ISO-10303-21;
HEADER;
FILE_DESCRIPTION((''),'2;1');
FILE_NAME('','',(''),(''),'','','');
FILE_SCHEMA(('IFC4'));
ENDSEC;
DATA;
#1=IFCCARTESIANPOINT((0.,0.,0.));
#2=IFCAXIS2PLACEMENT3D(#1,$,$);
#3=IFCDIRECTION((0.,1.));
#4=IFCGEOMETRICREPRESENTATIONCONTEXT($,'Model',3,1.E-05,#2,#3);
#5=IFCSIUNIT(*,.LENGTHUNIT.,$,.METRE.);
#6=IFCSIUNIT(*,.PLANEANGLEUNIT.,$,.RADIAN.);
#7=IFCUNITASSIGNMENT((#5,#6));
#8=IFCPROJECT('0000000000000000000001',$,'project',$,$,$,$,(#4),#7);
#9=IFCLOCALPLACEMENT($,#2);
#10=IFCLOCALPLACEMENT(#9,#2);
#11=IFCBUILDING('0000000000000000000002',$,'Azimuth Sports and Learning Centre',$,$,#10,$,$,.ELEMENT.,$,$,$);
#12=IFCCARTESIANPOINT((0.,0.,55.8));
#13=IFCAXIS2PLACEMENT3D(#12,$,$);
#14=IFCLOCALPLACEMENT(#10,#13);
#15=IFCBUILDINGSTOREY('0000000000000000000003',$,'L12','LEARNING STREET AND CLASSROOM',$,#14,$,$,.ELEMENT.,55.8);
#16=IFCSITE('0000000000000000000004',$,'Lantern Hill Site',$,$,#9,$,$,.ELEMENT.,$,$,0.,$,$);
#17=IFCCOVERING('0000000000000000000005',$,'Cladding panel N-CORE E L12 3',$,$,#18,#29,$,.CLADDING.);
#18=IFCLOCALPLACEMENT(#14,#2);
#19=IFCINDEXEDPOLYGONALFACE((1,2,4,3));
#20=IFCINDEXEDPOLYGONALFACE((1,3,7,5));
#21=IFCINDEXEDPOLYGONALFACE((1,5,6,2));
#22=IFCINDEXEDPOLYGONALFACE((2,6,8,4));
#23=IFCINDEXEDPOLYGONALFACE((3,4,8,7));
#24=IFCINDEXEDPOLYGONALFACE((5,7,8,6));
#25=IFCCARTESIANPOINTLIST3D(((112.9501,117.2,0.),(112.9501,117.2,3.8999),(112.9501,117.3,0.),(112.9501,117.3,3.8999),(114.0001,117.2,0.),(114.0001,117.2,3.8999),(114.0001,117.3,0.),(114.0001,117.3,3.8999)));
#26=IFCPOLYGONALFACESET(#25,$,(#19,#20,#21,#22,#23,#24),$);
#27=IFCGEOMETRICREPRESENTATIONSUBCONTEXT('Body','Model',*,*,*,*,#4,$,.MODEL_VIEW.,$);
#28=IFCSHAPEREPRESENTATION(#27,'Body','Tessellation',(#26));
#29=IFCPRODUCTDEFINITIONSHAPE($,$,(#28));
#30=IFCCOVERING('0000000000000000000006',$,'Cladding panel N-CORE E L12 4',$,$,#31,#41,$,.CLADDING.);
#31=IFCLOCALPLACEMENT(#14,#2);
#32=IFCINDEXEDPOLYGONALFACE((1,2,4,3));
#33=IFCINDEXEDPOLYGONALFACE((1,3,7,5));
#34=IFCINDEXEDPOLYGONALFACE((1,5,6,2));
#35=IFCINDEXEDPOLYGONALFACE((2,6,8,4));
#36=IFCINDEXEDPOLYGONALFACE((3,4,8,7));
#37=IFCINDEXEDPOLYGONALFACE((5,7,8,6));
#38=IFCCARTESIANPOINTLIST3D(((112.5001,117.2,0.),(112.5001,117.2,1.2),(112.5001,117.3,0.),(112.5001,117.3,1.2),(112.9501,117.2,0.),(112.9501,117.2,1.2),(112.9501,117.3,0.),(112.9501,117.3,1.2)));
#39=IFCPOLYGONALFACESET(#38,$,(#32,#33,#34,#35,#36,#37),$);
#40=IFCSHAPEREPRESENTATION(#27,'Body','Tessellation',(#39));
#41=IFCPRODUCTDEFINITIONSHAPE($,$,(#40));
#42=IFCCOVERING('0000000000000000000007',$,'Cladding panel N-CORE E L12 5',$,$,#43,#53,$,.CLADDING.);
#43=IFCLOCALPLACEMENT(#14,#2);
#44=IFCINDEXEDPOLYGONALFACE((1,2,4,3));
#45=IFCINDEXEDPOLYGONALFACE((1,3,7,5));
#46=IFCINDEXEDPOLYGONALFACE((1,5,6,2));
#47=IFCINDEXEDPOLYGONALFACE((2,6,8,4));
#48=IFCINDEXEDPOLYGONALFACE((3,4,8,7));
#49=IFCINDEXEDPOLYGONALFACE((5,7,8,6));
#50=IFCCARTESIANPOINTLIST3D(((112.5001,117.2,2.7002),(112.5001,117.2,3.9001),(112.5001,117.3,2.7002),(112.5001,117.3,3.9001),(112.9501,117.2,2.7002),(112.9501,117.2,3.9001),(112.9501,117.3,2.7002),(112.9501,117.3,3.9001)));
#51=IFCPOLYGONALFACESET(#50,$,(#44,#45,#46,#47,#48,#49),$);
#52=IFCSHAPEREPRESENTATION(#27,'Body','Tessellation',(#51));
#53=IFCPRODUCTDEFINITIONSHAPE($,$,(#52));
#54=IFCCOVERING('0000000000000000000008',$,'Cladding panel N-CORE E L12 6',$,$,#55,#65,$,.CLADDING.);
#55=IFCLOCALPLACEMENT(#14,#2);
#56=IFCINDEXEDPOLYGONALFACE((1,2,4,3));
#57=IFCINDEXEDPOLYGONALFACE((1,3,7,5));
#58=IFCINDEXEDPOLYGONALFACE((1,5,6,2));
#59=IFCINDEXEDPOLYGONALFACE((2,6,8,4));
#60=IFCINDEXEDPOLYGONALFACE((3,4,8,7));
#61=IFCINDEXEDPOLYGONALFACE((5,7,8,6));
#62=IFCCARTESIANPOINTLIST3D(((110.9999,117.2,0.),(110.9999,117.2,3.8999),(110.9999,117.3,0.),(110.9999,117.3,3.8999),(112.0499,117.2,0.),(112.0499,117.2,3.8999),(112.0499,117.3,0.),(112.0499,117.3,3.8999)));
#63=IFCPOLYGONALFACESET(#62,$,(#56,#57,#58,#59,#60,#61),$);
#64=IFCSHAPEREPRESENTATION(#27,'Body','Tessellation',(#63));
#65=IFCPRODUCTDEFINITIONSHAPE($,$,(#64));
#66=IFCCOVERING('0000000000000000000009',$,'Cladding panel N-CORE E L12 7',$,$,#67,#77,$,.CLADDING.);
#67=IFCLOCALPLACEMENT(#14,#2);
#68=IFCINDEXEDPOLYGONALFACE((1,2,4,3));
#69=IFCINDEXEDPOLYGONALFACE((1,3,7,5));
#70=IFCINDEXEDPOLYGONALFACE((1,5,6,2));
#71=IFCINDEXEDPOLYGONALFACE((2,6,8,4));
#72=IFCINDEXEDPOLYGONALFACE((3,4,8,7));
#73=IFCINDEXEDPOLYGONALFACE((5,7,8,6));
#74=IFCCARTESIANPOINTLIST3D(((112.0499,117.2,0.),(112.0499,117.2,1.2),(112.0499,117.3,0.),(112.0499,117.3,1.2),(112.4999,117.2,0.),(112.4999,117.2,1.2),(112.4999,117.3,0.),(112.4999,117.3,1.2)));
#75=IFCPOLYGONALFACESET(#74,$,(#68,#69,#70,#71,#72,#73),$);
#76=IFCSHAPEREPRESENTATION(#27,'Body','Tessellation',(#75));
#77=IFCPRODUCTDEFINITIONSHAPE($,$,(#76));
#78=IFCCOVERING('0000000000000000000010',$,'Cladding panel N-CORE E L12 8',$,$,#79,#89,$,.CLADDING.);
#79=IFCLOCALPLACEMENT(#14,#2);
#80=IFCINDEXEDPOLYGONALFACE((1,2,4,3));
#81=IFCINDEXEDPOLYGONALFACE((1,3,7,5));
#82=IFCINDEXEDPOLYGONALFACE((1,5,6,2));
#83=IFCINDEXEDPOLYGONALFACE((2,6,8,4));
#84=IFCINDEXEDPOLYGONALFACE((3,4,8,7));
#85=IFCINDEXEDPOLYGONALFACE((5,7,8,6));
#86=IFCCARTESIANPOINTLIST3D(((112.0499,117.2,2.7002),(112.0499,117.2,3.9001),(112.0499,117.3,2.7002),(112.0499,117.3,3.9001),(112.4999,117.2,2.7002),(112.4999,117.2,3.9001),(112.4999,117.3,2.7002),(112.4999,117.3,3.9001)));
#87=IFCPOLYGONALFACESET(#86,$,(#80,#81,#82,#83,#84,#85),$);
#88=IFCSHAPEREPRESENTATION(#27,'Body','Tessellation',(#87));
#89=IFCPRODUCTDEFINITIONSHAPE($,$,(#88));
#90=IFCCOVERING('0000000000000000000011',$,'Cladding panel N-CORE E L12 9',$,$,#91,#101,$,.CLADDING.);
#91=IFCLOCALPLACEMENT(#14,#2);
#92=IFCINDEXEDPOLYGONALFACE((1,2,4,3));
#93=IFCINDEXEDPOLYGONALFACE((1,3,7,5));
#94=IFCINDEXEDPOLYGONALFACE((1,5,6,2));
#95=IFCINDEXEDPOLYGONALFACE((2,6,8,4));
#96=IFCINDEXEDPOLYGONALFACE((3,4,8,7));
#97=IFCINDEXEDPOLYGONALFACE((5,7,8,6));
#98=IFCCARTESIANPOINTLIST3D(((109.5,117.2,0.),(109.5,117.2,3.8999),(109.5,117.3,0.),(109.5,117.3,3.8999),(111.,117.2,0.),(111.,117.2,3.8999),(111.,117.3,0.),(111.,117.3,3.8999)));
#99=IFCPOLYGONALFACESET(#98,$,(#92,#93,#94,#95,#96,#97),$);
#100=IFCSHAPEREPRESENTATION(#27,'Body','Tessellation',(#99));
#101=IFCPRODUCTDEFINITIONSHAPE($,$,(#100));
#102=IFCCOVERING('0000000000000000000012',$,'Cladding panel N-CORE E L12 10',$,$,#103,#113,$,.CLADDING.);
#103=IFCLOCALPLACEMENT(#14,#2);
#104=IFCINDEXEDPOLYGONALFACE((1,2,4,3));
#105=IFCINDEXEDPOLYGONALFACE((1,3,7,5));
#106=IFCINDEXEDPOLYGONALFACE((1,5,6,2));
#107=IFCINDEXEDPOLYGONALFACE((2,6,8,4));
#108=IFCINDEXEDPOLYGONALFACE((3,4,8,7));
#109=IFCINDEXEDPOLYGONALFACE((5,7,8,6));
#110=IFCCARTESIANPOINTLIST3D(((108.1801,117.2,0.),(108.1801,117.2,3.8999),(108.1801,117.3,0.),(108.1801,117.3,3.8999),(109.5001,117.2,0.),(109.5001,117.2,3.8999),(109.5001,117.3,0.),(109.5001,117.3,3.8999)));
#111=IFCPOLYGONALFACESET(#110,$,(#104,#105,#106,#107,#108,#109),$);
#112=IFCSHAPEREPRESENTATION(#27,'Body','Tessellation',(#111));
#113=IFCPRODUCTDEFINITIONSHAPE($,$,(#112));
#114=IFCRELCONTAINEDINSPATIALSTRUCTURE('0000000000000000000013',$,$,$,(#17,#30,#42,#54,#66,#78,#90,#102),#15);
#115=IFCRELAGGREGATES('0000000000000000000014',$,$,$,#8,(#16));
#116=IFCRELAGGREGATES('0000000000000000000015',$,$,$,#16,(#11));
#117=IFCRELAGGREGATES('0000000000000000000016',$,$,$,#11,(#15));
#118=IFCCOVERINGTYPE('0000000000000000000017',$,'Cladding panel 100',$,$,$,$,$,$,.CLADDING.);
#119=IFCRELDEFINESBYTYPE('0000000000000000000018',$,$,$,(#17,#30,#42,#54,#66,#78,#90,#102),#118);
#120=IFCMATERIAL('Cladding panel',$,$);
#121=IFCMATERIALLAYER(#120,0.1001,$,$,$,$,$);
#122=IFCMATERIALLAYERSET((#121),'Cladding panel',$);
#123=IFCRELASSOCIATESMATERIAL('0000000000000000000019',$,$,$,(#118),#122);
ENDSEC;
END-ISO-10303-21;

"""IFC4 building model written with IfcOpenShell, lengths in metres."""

from ifc_helpers import new_model, si_unit, direction, frame, origin, origin_2d, place, context, subcontext, project, spatial, rectangle, extrude, material, layer, layer_set, type_object, element, save


model = new_model("IFC4")

# Units and contexts
model_context = context("Model", 3, precision=1e-05, world=origin(), true_north=direction((0.0, 1.0)))
body_context = subcontext(model_context, "Body", "Model", "MODEL_VIEW")
ifc_project = project(units=[si_unit("LENGTHUNIT", "METRE"), si_unit("PLANEANGLEUNIT", "RADIAN")], contexts=[model_context])

# Site, building, storey
site_placement = place(None, origin())
site = spatial("IfcSite", under=ifc_project, at=site_placement, Name="Lantern Hill Site", CompositionType="ELEMENT", RefElevation=0.0)
building_placement = place(site_placement, origin())
building = spatial("IfcBuilding", under=site, at=building_placement, Name="Azimuth Sports and Learning Centre", CompositionType="ELEMENT")
storey_placement = place(building_placement, frame((0.0, 0.0, 55.8)))
storey = spatial("IfcBuildingStorey", under=building, at=storey_placement, Name="L12", Description="LEARNING STREET AND CLASSROOM", CompositionType="ELEMENT", Elevation=55.8)

# Coverings
ifc_material_1 = material(Name="Cladding panel")
ifc_layer_1 = layer(ifc_material_1, 0.1001)
ifc_layer_set_1 = layer_set([ifc_layer_1], Name="Cladding panel")
covering_type = type_object("IfcCoveringType", Name="Cladding panel 100", PredefinedType="CLADDING", material=ifc_layer_set_1)
covering_1_placement = place(storey_placement, frame((113.4751, 117.25, 0.0), z_axis=(0.0, 0.0, 1.0), x_axis=(-1.0, 0.0, 0.0)))
element("IfcCovering", 1, at=covering_1_placement, inside=storey, type_object=covering_type, Name="Cladding panel N-CORE E L12 3", PredefinedType="CLADDING", context=body_context, shape_type="SweptSolid", body=[
    extrude(rectangle(XDim=1.05, YDim=0.1001, at=origin_2d()), origin(), (0.0, 0.0, 1.0), 3.8999),
])
for number, where, z_axis, x_axis, name in (
    (2, (112.7251, 117.25, 0.0), (0.0, 0.0, 1.0), (-1.0, 0.0, 0.0), "Cladding panel N-CORE E L12 4"),
    (3, (112.7251, 117.25, 2.7002), (0.0, 0.0, 1.0), (-1.0, 0.0, 0.0), "Cladding panel N-CORE E L12 5"),
):
    element("IfcCovering", number, at=place(storey_placement, frame(where, z_axis=z_axis, x_axis=x_axis)), inside=storey, type_object=covering_type, Name=name, PredefinedType="CLADDING", context=body_context, shape_type="SweptSolid", body=[
        extrude(rectangle(XDim=0.45, YDim=0.1001, at=origin_2d()), origin(), (0.0, 0.0, 1.0), 1.2),
    ])
covering_2_placement = place(storey_placement, frame((111.5249, 117.25, 0.0), z_axis=(0.0, 0.0, 1.0), x_axis=(-1.0, 0.0, 0.0)))
element("IfcCovering", 4, at=covering_2_placement, inside=storey, type_object=covering_type, Name="Cladding panel N-CORE E L12 6", PredefinedType="CLADDING", context=body_context, shape_type="SweptSolid", body=[
    extrude(rectangle(XDim=1.05, YDim=0.1001, at=origin_2d()), origin(), (0.0, 0.0, 1.0), 3.8999),
])
for number, where, z_axis, x_axis, name in (
    (5, (112.2749, 117.25, 0.0), (0.0, 0.0, 1.0), (-1.0, 0.0, 0.0), "Cladding panel N-CORE E L12 7"),
    (6, (112.2749, 117.25, 2.7002), (0.0, 0.0, 1.0), (-1.0, 0.0, 0.0), "Cladding panel N-CORE E L12 8"),
):
    element("IfcCovering", number, at=place(storey_placement, frame(where, z_axis=z_axis, x_axis=x_axis)), inside=storey, type_object=covering_type, Name=name, PredefinedType="CLADDING", context=body_context, shape_type="SweptSolid", body=[
        extrude(rectangle(XDim=0.45, YDim=0.1001, at=origin_2d()), origin(), (0.0, 0.0, 1.0), 1.2),
    ])
covering_3_placement = place(storey_placement, frame((110.25, 117.25, 0.0), z_axis=(0.0, 0.0, 1.0), x_axis=(-1.0, 0.0, 0.0)))
element("IfcCovering", 7, at=covering_3_placement, inside=storey, type_object=covering_type, Name="Cladding panel N-CORE E L12 9", PredefinedType="CLADDING", context=body_context, shape_type="SweptSolid", body=[
    extrude(rectangle(XDim=1.5, YDim=0.1001, at=origin_2d()), origin(), (0.0, 0.0, 1.0), 3.8999),
])
covering_4_placement = place(storey_placement, frame((108.8401, 117.25, 0.0), z_axis=(0.0, 0.0, 1.0), x_axis=(-1.0, 0.0, 0.0)))
element("IfcCovering", 8, at=covering_4_placement, inside=storey, type_object=covering_type, Name="Cladding panel N-CORE E L12 10", PredefinedType="CLADDING", context=body_context, shape_type="SweptSolid", body=[
    extrude(rectangle(XDim=1.3201, YDim=0.1001, at=origin_2d()), origin(), (0.0, 0.0, 1.0), 3.8999),
])

save(model, "model.ifc")
